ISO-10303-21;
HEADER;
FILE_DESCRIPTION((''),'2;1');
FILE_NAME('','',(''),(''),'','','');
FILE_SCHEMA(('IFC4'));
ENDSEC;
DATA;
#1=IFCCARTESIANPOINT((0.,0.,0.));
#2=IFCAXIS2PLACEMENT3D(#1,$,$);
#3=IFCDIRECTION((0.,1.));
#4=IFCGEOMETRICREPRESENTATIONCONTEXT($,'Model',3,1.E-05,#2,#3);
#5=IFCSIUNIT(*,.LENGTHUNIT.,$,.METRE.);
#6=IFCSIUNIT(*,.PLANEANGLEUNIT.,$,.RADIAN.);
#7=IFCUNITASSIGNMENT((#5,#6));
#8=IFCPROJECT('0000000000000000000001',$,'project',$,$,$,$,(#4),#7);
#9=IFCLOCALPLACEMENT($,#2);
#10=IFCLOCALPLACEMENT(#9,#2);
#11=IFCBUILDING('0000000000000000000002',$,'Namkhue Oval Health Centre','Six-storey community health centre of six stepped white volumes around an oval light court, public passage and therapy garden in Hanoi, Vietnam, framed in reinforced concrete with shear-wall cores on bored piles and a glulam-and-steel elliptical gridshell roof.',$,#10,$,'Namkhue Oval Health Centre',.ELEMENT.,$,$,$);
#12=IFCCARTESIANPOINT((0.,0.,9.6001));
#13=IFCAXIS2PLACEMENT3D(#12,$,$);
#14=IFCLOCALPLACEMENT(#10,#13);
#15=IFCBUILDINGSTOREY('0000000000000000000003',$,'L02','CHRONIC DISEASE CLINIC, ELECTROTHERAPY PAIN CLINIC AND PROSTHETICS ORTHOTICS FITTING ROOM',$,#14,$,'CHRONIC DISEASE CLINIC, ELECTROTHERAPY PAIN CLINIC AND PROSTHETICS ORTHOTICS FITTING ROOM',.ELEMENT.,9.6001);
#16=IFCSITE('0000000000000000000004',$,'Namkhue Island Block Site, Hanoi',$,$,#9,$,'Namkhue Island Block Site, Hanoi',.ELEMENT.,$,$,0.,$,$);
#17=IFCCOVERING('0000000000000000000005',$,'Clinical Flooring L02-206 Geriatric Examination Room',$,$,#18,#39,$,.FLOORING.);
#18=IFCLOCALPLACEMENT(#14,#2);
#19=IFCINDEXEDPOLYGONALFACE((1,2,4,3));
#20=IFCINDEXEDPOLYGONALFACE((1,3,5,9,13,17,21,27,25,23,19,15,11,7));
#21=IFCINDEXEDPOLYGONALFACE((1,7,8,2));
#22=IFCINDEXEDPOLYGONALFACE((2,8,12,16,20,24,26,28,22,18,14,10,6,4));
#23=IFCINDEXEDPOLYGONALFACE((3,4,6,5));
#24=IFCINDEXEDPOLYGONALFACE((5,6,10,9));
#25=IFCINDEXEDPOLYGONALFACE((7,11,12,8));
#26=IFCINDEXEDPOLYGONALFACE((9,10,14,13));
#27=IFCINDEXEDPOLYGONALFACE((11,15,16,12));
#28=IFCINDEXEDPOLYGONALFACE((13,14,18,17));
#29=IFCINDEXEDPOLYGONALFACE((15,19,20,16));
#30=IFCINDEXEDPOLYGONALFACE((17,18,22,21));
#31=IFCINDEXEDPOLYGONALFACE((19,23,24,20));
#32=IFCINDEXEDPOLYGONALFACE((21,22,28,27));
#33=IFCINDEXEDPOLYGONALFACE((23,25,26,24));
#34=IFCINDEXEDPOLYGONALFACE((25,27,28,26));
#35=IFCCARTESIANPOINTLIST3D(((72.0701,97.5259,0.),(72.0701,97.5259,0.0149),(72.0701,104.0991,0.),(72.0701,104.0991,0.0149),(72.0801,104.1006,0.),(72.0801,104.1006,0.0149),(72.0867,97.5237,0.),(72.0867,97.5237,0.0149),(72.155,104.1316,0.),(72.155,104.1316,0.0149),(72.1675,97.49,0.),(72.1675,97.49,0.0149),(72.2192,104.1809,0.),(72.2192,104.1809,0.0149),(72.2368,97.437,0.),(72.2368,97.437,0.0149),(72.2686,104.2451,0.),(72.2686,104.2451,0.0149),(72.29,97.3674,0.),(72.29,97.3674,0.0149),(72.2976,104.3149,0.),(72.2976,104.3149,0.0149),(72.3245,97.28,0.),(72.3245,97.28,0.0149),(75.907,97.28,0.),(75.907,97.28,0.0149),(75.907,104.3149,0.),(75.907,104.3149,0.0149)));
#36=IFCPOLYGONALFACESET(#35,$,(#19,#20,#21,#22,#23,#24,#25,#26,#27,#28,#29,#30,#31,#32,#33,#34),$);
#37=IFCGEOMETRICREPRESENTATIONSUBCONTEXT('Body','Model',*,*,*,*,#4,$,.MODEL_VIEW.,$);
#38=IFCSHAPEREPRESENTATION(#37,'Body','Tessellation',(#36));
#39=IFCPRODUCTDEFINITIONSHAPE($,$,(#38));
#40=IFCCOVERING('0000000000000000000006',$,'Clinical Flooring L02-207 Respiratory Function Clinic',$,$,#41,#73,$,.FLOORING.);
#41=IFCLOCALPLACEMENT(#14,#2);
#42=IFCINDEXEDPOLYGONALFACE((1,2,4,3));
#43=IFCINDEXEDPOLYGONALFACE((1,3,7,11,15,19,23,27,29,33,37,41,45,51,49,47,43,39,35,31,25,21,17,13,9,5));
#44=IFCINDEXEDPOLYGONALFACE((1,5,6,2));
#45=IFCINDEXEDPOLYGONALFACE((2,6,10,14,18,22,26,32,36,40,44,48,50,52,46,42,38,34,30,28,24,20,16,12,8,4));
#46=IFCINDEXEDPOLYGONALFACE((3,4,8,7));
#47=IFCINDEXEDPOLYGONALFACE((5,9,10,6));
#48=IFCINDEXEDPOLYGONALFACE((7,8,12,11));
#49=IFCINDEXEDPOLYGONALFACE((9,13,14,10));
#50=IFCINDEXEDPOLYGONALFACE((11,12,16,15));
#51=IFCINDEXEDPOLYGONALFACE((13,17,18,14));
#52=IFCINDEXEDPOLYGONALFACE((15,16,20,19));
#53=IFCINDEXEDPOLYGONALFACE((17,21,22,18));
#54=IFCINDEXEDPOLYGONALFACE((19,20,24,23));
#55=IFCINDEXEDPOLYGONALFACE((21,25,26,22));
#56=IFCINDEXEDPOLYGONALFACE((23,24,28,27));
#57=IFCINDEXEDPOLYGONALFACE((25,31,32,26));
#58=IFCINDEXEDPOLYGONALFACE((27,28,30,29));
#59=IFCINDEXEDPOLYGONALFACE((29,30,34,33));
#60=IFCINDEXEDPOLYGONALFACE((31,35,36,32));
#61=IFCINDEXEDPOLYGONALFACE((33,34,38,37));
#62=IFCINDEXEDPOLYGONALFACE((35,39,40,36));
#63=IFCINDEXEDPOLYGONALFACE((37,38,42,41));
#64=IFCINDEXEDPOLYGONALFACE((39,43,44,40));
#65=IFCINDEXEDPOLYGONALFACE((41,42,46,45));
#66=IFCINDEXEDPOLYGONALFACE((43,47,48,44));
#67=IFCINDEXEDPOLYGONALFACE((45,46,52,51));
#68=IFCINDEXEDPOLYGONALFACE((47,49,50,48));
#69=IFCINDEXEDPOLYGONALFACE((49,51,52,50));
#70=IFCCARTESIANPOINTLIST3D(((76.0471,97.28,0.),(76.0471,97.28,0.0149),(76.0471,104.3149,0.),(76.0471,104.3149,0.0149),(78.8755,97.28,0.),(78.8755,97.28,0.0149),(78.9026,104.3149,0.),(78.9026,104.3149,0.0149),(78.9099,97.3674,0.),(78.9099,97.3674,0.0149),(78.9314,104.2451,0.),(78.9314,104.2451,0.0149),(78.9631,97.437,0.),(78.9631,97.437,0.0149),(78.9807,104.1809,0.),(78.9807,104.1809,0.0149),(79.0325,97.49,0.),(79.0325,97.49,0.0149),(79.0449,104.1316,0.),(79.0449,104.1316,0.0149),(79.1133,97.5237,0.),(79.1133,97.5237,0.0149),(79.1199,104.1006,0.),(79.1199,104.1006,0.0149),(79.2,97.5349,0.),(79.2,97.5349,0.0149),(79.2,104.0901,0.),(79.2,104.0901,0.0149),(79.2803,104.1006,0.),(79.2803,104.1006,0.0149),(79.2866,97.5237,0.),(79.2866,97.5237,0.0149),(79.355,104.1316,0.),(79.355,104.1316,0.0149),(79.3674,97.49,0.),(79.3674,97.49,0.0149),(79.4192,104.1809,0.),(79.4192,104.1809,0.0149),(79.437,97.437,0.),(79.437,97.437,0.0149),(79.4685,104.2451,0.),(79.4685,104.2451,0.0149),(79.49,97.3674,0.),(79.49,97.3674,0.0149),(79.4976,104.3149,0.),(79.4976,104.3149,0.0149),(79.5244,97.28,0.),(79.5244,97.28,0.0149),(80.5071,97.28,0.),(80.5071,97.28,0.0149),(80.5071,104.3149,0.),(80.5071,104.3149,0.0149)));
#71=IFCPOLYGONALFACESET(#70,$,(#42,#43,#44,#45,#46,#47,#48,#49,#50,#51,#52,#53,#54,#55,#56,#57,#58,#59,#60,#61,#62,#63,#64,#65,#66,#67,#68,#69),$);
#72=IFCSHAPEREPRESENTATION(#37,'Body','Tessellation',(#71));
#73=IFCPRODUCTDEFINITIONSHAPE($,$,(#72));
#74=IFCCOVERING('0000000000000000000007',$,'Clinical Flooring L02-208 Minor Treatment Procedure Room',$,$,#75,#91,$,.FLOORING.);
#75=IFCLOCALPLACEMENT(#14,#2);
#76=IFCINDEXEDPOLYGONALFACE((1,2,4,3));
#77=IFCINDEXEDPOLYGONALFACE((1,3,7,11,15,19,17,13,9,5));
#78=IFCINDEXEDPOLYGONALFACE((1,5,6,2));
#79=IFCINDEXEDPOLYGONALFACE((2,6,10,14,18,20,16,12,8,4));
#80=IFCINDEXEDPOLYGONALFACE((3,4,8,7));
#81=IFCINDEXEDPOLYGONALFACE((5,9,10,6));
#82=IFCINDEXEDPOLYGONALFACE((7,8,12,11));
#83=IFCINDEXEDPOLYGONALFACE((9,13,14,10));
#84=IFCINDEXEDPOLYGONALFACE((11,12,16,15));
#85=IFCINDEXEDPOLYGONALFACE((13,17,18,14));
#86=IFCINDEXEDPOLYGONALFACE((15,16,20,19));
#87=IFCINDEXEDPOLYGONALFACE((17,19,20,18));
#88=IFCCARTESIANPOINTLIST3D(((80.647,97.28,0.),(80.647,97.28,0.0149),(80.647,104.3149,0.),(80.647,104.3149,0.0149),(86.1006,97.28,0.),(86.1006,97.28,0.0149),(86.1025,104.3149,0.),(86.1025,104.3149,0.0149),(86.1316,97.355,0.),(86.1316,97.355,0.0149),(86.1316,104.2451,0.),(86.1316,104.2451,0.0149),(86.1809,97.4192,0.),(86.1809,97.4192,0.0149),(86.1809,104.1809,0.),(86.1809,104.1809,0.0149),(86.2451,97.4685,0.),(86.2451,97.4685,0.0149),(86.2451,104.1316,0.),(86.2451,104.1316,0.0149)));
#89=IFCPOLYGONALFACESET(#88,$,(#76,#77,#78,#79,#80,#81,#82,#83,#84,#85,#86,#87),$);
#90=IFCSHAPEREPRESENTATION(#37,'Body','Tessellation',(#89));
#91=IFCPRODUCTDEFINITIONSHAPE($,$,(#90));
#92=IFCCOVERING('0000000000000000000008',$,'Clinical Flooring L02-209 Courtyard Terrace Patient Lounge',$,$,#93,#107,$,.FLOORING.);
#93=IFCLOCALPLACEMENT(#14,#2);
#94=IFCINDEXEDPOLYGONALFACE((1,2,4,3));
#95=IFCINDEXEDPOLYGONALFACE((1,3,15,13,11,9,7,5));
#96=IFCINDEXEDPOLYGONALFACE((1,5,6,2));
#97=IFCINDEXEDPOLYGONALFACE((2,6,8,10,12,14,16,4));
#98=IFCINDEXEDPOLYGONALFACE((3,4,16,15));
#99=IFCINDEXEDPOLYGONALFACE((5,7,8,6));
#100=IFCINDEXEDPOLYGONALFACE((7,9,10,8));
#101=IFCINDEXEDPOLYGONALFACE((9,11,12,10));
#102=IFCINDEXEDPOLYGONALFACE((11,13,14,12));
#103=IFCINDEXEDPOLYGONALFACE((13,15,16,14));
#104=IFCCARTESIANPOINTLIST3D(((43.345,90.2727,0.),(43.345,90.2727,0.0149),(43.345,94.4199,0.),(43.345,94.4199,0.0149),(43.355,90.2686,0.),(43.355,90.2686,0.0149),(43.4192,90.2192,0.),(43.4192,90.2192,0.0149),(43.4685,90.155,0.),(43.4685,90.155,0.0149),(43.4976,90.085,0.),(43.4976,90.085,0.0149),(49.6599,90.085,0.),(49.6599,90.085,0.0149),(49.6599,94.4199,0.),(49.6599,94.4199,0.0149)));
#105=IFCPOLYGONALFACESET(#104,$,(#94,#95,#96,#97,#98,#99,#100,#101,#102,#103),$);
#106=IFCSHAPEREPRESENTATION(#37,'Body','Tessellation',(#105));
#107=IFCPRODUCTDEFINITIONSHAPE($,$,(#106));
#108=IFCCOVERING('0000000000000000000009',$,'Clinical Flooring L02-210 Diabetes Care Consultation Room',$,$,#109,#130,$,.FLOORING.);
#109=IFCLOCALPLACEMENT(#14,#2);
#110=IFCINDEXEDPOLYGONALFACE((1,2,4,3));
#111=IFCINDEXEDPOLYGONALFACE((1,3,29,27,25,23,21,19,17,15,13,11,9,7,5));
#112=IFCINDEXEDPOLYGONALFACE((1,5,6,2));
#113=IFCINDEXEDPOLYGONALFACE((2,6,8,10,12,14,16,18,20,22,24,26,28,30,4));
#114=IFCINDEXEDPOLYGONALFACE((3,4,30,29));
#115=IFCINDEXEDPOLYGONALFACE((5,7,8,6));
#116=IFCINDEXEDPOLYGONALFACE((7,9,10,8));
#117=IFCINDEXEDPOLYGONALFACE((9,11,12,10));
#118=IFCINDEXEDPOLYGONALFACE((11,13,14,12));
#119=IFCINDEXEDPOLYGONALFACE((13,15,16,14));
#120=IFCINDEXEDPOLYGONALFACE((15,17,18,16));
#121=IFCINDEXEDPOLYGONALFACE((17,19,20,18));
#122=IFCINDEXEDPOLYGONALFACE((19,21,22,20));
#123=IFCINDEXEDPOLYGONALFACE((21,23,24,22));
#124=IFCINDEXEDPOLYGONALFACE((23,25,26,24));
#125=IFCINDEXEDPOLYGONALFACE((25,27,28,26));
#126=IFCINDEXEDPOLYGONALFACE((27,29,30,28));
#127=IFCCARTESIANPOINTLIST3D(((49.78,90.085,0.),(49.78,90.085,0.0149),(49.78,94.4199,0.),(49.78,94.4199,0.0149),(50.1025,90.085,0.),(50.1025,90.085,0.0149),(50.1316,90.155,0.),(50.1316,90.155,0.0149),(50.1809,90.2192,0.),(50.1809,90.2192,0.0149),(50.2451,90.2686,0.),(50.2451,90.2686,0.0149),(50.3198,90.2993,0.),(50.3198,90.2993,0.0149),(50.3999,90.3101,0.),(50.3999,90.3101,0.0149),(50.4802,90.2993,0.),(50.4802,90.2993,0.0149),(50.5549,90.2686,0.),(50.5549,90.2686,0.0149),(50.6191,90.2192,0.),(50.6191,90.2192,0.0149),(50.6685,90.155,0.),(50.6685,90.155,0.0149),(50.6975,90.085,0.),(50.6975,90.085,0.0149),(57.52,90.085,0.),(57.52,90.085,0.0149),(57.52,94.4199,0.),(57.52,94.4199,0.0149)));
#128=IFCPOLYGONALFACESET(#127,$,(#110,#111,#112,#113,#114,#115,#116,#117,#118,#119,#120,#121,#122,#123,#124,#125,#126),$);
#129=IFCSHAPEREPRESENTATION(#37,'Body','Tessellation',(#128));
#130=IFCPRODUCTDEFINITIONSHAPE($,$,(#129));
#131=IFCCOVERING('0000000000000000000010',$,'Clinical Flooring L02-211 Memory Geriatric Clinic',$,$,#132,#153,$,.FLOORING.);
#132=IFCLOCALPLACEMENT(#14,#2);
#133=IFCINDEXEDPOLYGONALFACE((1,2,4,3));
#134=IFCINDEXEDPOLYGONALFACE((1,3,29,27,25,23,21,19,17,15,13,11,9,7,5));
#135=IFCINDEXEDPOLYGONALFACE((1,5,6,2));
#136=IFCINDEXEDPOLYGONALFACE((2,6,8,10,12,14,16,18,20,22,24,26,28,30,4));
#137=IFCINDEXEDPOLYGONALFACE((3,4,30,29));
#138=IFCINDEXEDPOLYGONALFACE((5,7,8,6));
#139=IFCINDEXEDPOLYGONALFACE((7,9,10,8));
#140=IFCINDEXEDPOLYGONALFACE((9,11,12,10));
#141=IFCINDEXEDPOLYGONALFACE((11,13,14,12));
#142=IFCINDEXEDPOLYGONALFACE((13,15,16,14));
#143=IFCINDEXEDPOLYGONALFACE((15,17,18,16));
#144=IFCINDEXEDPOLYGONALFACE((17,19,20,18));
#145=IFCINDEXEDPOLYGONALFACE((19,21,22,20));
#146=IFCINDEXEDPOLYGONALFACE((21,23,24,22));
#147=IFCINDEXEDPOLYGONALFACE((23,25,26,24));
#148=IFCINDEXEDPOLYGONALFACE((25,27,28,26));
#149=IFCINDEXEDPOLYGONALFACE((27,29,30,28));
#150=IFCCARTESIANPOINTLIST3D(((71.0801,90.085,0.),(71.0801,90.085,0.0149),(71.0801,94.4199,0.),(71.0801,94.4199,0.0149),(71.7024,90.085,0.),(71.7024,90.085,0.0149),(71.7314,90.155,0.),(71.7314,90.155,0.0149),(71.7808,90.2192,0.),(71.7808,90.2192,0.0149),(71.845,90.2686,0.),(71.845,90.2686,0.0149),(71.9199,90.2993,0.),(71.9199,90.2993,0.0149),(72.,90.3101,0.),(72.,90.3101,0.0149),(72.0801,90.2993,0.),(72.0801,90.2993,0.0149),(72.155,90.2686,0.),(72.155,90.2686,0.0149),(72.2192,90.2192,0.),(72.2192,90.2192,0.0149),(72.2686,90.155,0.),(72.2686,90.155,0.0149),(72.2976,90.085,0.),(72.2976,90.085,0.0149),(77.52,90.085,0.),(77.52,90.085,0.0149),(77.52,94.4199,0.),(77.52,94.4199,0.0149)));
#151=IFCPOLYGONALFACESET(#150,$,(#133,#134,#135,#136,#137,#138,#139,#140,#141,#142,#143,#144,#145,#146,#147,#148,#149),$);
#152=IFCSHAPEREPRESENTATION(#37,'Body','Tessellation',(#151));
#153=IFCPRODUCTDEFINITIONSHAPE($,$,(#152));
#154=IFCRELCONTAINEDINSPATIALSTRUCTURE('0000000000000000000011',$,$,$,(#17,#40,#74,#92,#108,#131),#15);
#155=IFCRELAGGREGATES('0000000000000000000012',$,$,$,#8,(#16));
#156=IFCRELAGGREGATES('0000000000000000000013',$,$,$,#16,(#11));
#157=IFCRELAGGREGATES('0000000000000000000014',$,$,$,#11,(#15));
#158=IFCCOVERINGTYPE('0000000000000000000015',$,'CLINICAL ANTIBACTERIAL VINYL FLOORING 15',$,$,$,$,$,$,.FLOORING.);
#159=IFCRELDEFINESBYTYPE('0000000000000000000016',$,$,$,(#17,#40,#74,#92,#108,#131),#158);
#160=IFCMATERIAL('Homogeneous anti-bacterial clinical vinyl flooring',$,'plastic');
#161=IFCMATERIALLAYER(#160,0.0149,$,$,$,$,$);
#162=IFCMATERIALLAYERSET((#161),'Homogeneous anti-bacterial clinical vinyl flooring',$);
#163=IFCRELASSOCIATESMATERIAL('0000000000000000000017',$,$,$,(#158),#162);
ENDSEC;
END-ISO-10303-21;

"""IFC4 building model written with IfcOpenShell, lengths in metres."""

from ifc_helpers import new_model, si_unit, direction, frame, origin, place, context, subcontext, project, spatial, polyline, outline, extrude, material, layer, layer_set, type_object, element, save


model = new_model("IFC4")

# Units and contexts
model_context = context("Model", 3, precision=1e-05, world=origin(), true_north=direction((0.0, 1.0)))
body_context = subcontext(model_context, "Body", "Model", "MODEL_VIEW")
ifc_project = project(units=[si_unit("LENGTHUNIT", "METRE"), si_unit("PLANEANGLEUNIT", "RADIAN")], contexts=[model_context])

# Site, building, storey
site_placement = place(None, origin())
site = spatial("IfcSite", under=ifc_project, at=site_placement, Name="Namkhue Island Block Site, Hanoi", LongName="Namkhue Island Block Site, Hanoi", CompositionType="ELEMENT", RefElevation=0.0)
building_placement = place(site_placement, origin())
building = spatial("IfcBuilding", under=site, at=building_placement, Name="Namkhue Oval Health Centre", Description="Six-storey community health centre of six stepped white volumes around an oval light court, public passage and therapy garden in Hanoi, Vietnam, framed in reinforced concrete with shear-wall cores on bored piles and a glulam-and-steel elliptical gridshell roof.", LongName="Namkhue Oval Health Centre", CompositionType="ELEMENT")
storey_placement = place(building_placement, frame((0.0, 0.0, 9.6001)))
storey = spatial("IfcBuildingStorey", under=building, at=storey_placement, Name="L02", Description="CHRONIC DISEASE CLINIC, ELECTROTHERAPY PAIN CLINIC AND PROSTHETICS ORTHOTICS FITTING ROOM", LongName="CHRONIC DISEASE CLINIC, ELECTROTHERAPY PAIN CLINIC AND PROSTHETICS ORTHOTICS FITTING ROOM", CompositionType="ELEMENT", Elevation=9.6001)

# Coverings
ifc_material = material(Name="Homogeneous anti-bacterial clinical vinyl flooring", Category="plastic")
ifc_layer = layer(ifc_material, 0.0149)
ifc_layer_set = layer_set([ifc_layer], Name="Homogeneous anti-bacterial clinical vinyl flooring")
covering_type = type_object("IfcCoveringType", Name="CLINICAL ANTIBACTERIAL VINYL FLOORING 15", PredefinedType="FLOORING", material=ifc_layer_set)
covering_1_placement = place(storey_placement, origin())
element("IfcCovering", 1, at=covering_1_placement, inside=storey, type_object=covering_type, Name="Clinical Flooring L02-206 Geriatric Examination Room", PredefinedType="FLOORING", context=body_context, shape_type="SweptSolid", body=[
    extrude(outline(polyline([(72.3245, 97.28), (72.29, 97.3674), (72.2368, 97.437), (72.1675, 97.49), (72.0867, 97.5237), (72.0701, 97.5259), (72.0701, 104.0991), (72.0801, 104.1006), (72.155, 104.1316), (72.2192, 104.1809), (72.2686, 104.2451), (72.2976, 104.3149), (75.907, 104.3149), (75.907, 97.28), (72.3245, 97.28)])), origin(), (0.0, 0.0, 1.0), 0.0149),
])
covering_2_placement = place(storey_placement, origin())
element("IfcCovering", 2, at=covering_2_placement, inside=storey, type_object=covering_type, Name="Clinical Flooring L02-207 Respiratory Function Clinic", PredefinedType="FLOORING", context=body_context, shape_type="SweptSolid", body=[
    extrude(outline(polyline([(79.5244, 97.28), (79.49, 97.3674), (79.437, 97.437), (79.3674, 97.49), (79.2866, 97.5237), (79.2, 97.5349), (79.1133, 97.5237), (79.0325, 97.49), (78.9631, 97.437), (78.9099, 97.3674), (78.8755, 97.28), (76.0471, 97.28), (76.0471, 104.3149), (78.9026, 104.3149), (78.9314, 104.2451), (78.9807, 104.1809), (79.0449, 104.1316), (79.1199, 104.1006), (79.2, 104.0901), (79.2803, 104.1006), (79.355, 104.1316), (79.4192, 104.1809), (79.4685, 104.2451), (79.4976, 104.3149), (80.5071, 104.3149), (80.5071, 97.28), (79.5244, 97.28)])), origin(), (0.0, 0.0, 1.0), 0.0149),
])
covering_3_placement = place(storey_placement, origin())
element("IfcCovering", 3, at=covering_3_placement, inside=storey, type_object=covering_type, Name="Clinical Flooring L02-208 Minor Treatment Procedure Room", PredefinedType="FLOORING", context=body_context, shape_type="SweptSolid", body=[
    extrude(outline(polyline([(80.647, 97.28), (80.647, 104.3149), (86.1025, 104.3149), (86.1316, 104.2451), (86.1809, 104.1809), (86.2451, 104.1316), (86.2451, 97.4685), (86.1809, 97.4192), (86.1316, 97.355), (86.1006, 97.28), (80.647, 97.28)])), origin(), (0.0, 0.0, 1.0), 0.0149),
])
covering_4_placement = place(storey_placement, origin())
element("IfcCovering", 4, at=covering_4_placement, inside=storey, type_object=covering_type, Name="Clinical Flooring L02-209 Courtyard Terrace Patient Lounge", PredefinedType="FLOORING", context=body_context, shape_type="SweptSolid", body=[
    extrude(outline(polyline([(43.4976, 90.085), (43.4685, 90.155), (43.4192, 90.2192), (43.355, 90.2686), (43.345, 90.2727), (43.345, 94.4199), (49.6599, 94.4199), (49.6599, 90.085), (43.4976, 90.085)])), origin(), (0.0, 0.0, 1.0), 0.0149),
])
covering_5_placement = place(storey_placement, origin())
element("IfcCovering", 5, at=covering_5_placement, inside=storey, type_object=covering_type, Name="Clinical Flooring L02-210 Diabetes Care Consultation Room", PredefinedType="FLOORING", context=body_context, shape_type="SweptSolid", body=[
    extrude(outline(polyline([(50.6975, 90.085), (50.6685, 90.155), (50.6191, 90.2192), (50.5549, 90.2686), (50.4802, 90.2993), (50.3999, 90.3101), (50.3198, 90.2993), (50.2451, 90.2686), (50.1809, 90.2192), (50.1316, 90.155), (50.1025, 90.085), (49.78, 90.085), (49.78, 94.4199), (57.52, 94.4199), (57.52, 90.085), (50.6975, 90.085)])), origin(), (0.0, 0.0, 1.0), 0.0149),
])
covering_6_placement = place(storey_placement, origin())
element("IfcCovering", 6, at=covering_6_placement, inside=storey, type_object=covering_type, Name="Clinical Flooring L02-211 Memory Geriatric Clinic", PredefinedType="FLOORING", context=body_context, shape_type="SweptSolid", body=[
    extrude(outline(polyline([(72.2976, 90.085), (72.2686, 90.155), (72.2192, 90.2192), (72.155, 90.2686), (72.0801, 90.2993), (72.0, 90.3101), (71.9199, 90.2993), (71.845, 90.2686), (71.7808, 90.2192), (71.7314, 90.155), (71.7024, 90.085), (71.0801, 90.085), (71.0801, 94.4199), (77.52, 94.4199), (77.52, 90.085), (72.2976, 90.085)])), origin(), (0.0, 0.0, 1.0), 0.0149),
])

save(model, "model.ifc")
